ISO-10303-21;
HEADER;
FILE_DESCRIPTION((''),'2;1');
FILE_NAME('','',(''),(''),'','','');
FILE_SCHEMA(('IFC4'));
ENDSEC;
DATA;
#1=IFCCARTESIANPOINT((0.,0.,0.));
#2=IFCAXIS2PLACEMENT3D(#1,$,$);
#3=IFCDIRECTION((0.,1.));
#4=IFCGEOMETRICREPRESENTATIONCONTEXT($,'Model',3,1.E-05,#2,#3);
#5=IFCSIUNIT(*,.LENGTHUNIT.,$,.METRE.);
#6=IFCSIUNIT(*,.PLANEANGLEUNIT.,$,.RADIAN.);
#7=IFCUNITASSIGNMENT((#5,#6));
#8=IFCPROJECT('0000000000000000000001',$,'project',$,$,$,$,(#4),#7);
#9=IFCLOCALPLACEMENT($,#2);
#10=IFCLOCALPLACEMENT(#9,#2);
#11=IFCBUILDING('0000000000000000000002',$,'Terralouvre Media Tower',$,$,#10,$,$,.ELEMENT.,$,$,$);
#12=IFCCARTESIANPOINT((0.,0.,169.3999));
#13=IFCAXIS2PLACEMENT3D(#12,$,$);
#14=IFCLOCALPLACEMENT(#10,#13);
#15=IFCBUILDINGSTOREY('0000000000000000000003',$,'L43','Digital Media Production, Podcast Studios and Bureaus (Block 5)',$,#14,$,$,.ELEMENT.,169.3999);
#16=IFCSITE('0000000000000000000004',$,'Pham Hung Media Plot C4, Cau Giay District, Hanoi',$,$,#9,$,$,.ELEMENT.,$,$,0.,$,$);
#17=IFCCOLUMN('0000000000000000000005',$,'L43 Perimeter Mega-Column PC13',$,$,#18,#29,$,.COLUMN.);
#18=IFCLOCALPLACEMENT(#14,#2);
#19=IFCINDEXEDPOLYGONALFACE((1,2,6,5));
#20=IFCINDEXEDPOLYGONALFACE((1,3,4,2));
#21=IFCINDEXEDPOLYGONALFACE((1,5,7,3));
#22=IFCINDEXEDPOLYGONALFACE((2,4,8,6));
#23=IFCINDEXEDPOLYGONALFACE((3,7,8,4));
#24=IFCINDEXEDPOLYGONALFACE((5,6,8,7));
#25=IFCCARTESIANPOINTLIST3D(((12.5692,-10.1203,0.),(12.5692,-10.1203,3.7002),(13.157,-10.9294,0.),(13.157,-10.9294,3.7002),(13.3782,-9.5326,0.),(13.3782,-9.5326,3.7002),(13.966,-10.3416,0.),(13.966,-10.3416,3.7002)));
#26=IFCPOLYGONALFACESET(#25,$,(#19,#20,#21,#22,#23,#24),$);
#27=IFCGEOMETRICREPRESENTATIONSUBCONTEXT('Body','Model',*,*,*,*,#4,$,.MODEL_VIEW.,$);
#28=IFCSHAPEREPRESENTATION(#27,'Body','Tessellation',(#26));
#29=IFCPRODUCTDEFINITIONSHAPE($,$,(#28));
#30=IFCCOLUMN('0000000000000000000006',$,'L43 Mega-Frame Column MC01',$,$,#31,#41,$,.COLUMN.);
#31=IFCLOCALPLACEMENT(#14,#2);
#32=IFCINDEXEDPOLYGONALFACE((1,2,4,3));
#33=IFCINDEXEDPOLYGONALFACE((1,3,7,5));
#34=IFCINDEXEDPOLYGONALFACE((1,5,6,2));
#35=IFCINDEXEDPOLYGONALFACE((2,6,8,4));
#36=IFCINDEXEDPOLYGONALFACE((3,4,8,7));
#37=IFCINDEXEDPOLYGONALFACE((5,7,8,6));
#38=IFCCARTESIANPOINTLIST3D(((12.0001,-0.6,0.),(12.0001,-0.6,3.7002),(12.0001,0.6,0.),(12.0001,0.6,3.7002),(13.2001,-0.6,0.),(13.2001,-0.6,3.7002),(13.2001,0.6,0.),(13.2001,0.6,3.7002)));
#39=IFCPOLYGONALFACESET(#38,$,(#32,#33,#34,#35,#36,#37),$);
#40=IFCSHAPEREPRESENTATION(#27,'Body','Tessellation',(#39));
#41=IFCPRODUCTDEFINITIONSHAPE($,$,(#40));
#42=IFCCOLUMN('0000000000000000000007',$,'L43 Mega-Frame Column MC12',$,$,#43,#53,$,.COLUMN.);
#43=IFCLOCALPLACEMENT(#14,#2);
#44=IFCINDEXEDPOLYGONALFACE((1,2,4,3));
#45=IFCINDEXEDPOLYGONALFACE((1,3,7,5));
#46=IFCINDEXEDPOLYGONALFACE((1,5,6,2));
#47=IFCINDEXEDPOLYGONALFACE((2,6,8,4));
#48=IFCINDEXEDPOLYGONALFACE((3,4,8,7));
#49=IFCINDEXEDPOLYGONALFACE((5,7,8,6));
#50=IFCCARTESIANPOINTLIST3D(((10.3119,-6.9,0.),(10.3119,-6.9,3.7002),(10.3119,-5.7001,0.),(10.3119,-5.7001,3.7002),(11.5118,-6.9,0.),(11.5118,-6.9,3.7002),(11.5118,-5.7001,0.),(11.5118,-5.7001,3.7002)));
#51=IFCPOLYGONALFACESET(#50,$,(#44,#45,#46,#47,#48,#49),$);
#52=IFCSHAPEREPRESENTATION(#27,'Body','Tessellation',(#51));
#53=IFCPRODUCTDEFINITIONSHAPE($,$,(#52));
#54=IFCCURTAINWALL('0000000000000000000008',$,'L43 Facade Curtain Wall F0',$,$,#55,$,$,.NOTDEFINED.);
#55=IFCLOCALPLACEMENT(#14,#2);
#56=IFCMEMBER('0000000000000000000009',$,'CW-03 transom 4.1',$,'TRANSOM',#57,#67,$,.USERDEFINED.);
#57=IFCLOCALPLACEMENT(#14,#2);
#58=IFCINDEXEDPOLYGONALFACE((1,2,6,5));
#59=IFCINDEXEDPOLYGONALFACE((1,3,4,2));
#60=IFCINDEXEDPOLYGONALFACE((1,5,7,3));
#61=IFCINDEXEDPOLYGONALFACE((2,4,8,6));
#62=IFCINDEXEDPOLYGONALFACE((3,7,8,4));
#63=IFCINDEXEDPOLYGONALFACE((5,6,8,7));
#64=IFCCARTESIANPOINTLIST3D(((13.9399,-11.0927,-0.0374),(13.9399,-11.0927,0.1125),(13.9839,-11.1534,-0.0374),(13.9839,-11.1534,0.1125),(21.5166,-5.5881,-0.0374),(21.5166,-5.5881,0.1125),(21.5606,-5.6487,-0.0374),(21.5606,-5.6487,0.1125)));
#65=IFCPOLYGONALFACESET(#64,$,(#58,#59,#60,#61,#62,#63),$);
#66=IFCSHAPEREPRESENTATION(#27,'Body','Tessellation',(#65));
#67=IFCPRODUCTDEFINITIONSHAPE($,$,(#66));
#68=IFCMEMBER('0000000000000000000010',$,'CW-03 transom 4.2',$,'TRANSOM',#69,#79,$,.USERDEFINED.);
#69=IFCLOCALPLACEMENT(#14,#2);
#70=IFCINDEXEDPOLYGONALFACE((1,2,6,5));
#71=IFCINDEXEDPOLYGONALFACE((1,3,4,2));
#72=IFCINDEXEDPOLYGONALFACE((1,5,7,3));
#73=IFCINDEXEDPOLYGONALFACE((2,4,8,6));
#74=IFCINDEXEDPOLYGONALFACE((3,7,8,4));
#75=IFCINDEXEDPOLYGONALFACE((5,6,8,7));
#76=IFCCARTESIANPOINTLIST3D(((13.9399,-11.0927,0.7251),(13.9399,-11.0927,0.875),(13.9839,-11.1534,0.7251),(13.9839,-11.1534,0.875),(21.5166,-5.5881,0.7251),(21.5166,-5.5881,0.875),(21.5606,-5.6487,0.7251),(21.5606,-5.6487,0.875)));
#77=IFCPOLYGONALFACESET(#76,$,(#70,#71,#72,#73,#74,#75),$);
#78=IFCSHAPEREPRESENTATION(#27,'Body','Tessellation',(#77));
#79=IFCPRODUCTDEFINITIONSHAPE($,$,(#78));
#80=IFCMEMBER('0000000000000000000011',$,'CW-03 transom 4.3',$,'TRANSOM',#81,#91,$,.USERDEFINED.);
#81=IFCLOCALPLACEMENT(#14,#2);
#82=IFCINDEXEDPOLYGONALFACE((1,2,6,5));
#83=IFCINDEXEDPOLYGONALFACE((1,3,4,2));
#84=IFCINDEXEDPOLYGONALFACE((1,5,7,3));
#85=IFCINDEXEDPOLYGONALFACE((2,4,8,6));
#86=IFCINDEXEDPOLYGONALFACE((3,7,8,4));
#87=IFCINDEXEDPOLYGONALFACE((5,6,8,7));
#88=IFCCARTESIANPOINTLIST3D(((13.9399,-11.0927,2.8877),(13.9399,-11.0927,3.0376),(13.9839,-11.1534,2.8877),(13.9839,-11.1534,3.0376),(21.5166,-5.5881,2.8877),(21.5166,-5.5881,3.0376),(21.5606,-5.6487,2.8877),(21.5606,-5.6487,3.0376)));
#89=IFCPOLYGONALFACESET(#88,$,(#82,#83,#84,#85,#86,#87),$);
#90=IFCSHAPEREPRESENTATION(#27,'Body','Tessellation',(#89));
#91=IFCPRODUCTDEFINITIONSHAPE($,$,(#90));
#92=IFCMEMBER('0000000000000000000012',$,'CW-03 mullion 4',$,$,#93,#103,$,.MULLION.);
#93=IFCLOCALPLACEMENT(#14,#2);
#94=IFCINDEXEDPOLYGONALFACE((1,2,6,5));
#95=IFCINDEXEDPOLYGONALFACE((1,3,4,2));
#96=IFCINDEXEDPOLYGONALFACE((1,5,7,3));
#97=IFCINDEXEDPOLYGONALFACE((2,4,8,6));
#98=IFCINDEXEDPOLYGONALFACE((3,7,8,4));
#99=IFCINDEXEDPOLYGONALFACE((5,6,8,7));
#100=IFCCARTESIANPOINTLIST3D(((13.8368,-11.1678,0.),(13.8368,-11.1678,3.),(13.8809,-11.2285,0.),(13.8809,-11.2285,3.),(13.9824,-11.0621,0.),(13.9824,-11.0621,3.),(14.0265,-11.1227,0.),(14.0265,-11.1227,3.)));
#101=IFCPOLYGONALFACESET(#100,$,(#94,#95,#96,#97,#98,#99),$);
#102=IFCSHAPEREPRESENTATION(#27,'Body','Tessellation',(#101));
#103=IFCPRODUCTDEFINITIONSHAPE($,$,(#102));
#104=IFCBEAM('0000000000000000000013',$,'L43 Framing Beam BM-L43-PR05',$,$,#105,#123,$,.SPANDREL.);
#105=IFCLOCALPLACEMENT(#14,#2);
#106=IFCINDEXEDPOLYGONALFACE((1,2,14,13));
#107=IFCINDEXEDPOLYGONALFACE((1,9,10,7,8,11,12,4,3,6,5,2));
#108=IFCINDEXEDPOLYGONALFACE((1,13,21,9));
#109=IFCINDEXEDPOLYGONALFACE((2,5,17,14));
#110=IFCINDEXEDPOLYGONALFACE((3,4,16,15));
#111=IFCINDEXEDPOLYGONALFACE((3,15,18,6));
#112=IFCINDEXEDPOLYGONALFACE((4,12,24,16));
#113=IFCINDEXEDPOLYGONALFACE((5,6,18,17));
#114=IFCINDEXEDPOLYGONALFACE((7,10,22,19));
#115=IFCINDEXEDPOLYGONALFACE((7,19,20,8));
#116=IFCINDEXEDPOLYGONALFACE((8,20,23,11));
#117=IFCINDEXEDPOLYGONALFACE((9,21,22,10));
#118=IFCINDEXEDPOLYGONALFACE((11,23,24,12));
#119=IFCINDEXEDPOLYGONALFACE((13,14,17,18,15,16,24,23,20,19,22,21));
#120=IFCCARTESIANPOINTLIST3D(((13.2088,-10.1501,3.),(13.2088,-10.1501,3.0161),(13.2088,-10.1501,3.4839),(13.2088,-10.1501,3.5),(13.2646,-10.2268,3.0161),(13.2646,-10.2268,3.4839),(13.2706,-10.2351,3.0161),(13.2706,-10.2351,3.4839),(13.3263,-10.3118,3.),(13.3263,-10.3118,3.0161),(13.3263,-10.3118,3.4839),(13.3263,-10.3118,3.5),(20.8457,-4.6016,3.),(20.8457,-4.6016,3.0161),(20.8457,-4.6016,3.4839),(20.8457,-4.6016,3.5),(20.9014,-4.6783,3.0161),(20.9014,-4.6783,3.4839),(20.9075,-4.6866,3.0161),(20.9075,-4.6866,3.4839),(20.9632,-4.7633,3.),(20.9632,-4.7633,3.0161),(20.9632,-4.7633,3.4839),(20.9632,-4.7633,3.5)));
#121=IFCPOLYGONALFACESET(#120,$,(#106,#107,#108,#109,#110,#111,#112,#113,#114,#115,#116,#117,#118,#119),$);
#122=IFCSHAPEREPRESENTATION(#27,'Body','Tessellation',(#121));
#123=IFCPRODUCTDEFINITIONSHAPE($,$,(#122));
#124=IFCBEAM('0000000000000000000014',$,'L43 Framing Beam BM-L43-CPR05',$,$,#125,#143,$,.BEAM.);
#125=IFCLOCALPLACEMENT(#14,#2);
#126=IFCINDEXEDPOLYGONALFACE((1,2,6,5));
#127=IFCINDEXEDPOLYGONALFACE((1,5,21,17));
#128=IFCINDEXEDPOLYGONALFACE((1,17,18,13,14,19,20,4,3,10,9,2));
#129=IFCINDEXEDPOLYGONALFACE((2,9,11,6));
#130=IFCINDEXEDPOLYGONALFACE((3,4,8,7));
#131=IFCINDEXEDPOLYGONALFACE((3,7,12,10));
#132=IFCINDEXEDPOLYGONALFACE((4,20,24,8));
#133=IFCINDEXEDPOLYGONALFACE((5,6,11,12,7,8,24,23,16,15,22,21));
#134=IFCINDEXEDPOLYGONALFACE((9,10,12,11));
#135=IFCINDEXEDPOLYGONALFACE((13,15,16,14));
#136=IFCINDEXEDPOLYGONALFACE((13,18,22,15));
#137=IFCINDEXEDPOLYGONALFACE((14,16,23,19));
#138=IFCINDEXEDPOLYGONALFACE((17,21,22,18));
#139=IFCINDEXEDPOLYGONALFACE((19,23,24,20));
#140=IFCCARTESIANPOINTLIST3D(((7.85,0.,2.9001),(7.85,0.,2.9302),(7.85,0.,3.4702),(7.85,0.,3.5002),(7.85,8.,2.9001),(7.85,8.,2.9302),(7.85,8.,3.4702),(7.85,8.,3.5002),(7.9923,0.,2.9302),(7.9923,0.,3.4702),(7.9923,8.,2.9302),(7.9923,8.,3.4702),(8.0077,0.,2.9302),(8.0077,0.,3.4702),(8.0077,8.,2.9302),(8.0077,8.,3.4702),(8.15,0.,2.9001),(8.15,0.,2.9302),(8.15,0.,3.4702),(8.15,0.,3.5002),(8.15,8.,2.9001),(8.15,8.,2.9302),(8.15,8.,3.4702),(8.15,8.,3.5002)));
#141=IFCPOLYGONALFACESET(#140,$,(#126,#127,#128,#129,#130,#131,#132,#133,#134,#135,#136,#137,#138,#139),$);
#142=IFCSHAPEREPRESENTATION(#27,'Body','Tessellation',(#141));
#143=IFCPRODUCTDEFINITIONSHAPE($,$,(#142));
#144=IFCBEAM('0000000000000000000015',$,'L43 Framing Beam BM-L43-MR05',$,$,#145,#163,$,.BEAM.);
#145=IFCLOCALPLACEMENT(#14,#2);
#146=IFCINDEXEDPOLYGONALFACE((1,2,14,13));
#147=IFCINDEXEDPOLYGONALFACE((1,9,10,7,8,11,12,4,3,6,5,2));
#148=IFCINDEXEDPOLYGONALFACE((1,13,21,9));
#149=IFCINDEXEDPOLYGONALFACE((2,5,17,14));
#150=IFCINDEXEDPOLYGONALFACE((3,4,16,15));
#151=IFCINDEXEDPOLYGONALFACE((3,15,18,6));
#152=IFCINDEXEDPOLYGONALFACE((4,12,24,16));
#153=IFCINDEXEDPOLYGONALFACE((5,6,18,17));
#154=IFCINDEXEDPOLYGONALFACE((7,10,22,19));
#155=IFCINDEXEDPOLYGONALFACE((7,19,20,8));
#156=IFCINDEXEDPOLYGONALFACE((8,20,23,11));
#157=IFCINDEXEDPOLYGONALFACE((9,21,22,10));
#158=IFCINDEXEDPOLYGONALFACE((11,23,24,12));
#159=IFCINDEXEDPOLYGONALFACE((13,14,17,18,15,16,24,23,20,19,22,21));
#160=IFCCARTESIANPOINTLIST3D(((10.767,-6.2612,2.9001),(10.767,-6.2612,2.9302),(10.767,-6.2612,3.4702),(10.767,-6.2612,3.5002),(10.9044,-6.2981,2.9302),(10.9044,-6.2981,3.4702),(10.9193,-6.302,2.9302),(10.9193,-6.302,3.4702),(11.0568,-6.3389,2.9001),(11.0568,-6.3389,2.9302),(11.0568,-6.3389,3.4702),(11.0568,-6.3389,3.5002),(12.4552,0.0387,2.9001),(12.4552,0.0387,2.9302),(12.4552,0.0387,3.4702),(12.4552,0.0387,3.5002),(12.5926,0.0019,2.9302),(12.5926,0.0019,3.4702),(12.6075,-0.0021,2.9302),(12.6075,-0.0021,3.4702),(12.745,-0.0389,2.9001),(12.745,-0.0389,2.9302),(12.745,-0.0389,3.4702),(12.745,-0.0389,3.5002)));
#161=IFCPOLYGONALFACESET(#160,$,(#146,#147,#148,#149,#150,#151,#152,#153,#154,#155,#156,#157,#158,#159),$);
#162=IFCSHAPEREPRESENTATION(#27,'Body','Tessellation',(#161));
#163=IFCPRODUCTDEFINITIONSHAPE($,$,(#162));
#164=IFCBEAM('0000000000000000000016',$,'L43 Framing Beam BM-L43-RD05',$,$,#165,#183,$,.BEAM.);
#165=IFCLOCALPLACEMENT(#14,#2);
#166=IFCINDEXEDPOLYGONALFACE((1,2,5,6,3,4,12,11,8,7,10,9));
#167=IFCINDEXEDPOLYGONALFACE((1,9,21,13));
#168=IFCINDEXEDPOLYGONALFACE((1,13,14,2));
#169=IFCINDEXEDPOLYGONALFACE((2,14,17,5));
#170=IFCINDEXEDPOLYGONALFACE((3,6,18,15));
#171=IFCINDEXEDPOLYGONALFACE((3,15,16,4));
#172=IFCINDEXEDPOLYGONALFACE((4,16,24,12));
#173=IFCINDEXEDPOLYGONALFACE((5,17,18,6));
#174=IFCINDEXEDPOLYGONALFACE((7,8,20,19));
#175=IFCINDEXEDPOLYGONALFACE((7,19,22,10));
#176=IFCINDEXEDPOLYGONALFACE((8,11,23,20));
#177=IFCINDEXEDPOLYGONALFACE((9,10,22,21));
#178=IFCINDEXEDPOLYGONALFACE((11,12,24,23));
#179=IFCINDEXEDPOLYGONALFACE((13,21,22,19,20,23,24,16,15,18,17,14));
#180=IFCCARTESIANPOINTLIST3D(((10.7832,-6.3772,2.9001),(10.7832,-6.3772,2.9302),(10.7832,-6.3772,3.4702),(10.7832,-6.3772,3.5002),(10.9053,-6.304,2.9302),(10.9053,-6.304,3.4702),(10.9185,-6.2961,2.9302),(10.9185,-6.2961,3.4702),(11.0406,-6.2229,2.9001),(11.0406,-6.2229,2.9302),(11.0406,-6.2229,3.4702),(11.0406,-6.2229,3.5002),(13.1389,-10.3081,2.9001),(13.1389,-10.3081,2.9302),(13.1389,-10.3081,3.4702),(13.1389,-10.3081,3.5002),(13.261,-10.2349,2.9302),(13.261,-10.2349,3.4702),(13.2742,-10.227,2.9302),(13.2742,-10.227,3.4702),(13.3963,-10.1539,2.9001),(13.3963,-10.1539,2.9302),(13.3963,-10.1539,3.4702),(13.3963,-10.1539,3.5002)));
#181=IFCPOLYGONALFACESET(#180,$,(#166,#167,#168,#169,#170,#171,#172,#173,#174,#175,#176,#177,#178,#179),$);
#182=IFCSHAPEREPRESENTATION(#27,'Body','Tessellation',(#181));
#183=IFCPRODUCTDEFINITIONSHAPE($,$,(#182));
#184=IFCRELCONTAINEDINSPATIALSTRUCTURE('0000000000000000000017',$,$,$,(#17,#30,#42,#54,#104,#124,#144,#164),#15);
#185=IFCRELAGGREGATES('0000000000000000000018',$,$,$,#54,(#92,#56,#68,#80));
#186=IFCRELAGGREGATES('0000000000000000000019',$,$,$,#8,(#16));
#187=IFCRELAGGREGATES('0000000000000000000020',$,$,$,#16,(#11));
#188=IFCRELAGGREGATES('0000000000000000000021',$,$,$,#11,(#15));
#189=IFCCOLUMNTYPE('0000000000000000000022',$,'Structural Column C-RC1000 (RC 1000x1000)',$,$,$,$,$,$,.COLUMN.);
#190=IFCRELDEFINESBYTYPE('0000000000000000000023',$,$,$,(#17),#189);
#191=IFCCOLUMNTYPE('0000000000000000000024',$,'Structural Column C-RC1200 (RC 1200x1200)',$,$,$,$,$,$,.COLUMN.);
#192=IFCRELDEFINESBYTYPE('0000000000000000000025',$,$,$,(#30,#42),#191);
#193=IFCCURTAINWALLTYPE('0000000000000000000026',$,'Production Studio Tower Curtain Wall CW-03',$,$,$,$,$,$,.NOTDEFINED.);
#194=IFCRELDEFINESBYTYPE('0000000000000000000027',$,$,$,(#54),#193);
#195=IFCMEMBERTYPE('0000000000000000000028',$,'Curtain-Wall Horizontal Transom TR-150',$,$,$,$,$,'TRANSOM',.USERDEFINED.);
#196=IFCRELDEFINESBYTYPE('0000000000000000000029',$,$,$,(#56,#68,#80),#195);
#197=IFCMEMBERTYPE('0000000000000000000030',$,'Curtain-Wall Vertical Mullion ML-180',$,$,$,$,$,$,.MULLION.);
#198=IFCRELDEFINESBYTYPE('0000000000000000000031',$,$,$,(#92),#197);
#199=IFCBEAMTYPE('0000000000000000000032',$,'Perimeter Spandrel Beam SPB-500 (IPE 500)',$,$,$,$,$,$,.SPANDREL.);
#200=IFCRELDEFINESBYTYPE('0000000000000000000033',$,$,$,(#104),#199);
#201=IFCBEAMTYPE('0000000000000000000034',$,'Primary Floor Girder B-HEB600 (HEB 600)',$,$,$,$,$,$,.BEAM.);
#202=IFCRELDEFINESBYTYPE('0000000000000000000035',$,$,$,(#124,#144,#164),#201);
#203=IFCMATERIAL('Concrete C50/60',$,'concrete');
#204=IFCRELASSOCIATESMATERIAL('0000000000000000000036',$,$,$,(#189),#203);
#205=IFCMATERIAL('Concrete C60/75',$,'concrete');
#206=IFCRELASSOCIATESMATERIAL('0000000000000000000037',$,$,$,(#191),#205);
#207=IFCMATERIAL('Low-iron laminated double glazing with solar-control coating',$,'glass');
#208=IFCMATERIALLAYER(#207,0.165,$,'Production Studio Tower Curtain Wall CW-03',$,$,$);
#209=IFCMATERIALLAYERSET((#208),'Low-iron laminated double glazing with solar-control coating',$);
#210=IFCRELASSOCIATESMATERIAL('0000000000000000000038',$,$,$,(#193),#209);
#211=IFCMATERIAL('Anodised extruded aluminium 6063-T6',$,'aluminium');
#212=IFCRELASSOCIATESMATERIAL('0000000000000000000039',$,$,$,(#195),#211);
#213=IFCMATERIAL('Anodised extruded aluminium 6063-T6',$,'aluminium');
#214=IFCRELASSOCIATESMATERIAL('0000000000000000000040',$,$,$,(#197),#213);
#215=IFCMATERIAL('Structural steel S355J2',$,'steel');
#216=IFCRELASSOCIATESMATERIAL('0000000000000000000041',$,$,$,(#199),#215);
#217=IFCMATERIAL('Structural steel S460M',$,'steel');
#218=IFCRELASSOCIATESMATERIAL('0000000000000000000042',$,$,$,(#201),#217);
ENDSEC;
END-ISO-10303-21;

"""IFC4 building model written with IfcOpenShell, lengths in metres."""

from ifc_helpers import new_model, si_unit, direction, frame, origin, origin_2d, place, context, subcontext, project, spatial, rectangle, i_section, extrude, material, layer, layer_set, material_profile, profile_set, type_object, element, aggregate, save


model = new_model("IFC4")

# Units and contexts
model_context = context("Model", 3, precision=1e-05, world=origin(), true_north=direction((0.0, 1.0)))
body_context = subcontext(model_context, "Body", "Model", "MODEL_VIEW")
ifc_project = project(units=[si_unit("LENGTHUNIT", "METRE"), si_unit("PLANEANGLEUNIT", "RADIAN")], contexts=[model_context])

# Site, building, storey
site_placement = place(None, origin())
site = spatial("IfcSite", under=ifc_project, at=site_placement, Name="Pham Hung Media Plot C4, Cau Giay District, Hanoi", CompositionType="ELEMENT", RefElevation=0.0)
building_placement = place(site_placement, origin())
building = spatial("IfcBuilding", under=site, at=building_placement, Name="Terralouvre Media Tower", CompositionType="ELEMENT")
storey_placement = place(building_placement, frame((0.0, 0.0, 169.3999)))
storey = spatial("IfcBuildingStorey", under=building, at=storey_placement, Name="L43", Description="Digital Media Production, Podcast Studios and Bureaus (Block 5)", CompositionType="ELEMENT", Elevation=169.3999)

# Columns
ifc_material_1 = material(Name="Concrete C50/60", Category="concrete")
ifc_material_profile_1 = material_profile(ifc_material_1, rectangle(XDim=1.0, YDim=1.0, at=origin_2d()), Name="RC 1000x1000")
ifc_profile_set_1 = profile_set([ifc_material_profile_1], Name="Concrete C50/60")
column_type_1 = type_object("IfcColumnType", Name="Structural Column C-RC1000 (RC 1000x1000)", PredefinedType="COLUMN", material=ifc_profile_set_1)
column_placement = place(storey_placement, frame((13.2676, -10.231, 0.0), z_axis=(0.0, 0.0, 1.0), x_axis=(0.809017, 0.587785, 0.0)))
element("IfcColumn", 1, at=column_placement, inside=storey, type_object=column_type_1, Name="L43 Perimeter Mega-Column PC13", PredefinedType="COLUMN", context=body_context, shape_type="SweptSolid", body=[
    extrude(rectangle(XDim=1.0, YDim=1.0, at=origin_2d()), origin(), (0.0, 0.0, 1.0), 3.7002),
])
ifc_material_2 = material(Name="Concrete C60/75", Category="concrete")
ifc_material_profile_2 = material_profile(ifc_material_2, rectangle(XDim=1.2, YDim=1.2, at=origin_2d()), Name="RC 1200x1200")
ifc_profile_set_2 = profile_set([ifc_material_profile_2], Name="Concrete C60/75")
column_type_2 = type_object("IfcColumnType", Name="Structural Column C-RC1200 (RC 1200x1200)", PredefinedType="COLUMN", material=ifc_profile_set_2)
for number, where, z_axis, x_axis, name in (
    (2, (12.6001, 0.0, 0.0), (0.0, 0.0, 1.0), (1.0, 0.0, 0.0), "L43 Mega-Frame Column MC01"),
    (3, (10.9119, -6.3, 0.0), (0.0, 0.0, 1.0), (1.0, 0.0, 0.0), "L43 Mega-Frame Column MC12"),
):
    element("IfcColumn", number, at=place(storey_placement, frame(where, z_axis=z_axis, x_axis=x_axis)), inside=storey, type_object=column_type_2, Name=name, PredefinedType="COLUMN", context=body_context, shape_type="SweptSolid", body=[
        extrude(rectangle(XDim=1.2, YDim=1.2, at=origin_2d()), origin(), (0.0, 0.0, 1.0), 3.7002),
    ])

# Curtain wall, members
ifc_material_3 = material(Name="Low-iron laminated double glazing with solar-control coating", Category="glass")
ifc_layer_1 = layer(ifc_material_3, 0.165, Name="Production Studio Tower Curtain Wall CW-03")
ifc_layer_set_1 = layer_set([ifc_layer_1], Name="Low-iron laminated double glazing with solar-control coating")
curtain_wall_type = type_object("IfcCurtainWallType", Name="Production Studio Tower Curtain Wall CW-03", PredefinedType="NOTDEFINED", material=ifc_layer_set_1)
curtain_wall_placement = place(storey_placement, origin())
curtain_wall = element("IfcCurtainWall", 4, at=curtain_wall_placement, inside=storey, type_object=curtain_wall_type, Name="L43 Facade Curtain Wall F0", PredefinedType="NOTDEFINED")
ifc_material_4 = material(Name="Anodised extruded aluminium 6063-T6", Category="aluminium")
ifc_material_profile_3 = material_profile(ifc_material_4, rectangle(XDim=0.075, YDim=0.1499, at=origin_2d()), Name="ALU 75x150")
ifc_profile_set_3 = profile_set([ifc_material_profile_3], Name="Anodised extruded aluminium 6063-T6")
member_type_1 = type_object("IfcMemberType", Name="Curtain-Wall Horizontal Transom TR-150", ElementType="TRANSOM", PredefinedType="USERDEFINED", material=ifc_profile_set_3)
member_1_placement = place(storey_placement, frame((13.9619, -11.123, 0.0376), z_axis=(0.809023, 0.587776, 0.0), x_axis=(-0.587776, 0.809023, 0.0)))
member_1 = element("IfcMember", 5, at=member_1_placement, type_object=member_type_1, Name="CW-03 transom 4.1", ObjectType="TRANSOM", PredefinedType="USERDEFINED", context=body_context, shape_type="SweptSolid", body=[
    extrude(rectangle(XDim=0.075, YDim=0.1499, at=origin_2d()), origin(), (0.0, 0.0, 1.0), 9.3652),
])
member_2_placement = place(storey_placement, frame((13.9619, -11.123, 0.8), z_axis=(0.809023, 0.587776, 0.0), x_axis=(-0.587776, 0.809023, 0.0)))
member_2 = element("IfcMember", 6, at=member_2_placement, type_object=member_type_1, Name="CW-03 transom 4.2", ObjectType="TRANSOM", PredefinedType="USERDEFINED", context=body_context, shape_type="SweptSolid", body=[
    extrude(rectangle(XDim=0.075, YDim=0.1499, at=origin_2d()), origin(), (0.0, 0.0, 1.0), 9.3652),
])
member_3_placement = place(storey_placement, frame((13.9619, -11.123, 2.9626), z_axis=(0.809023, 0.587776, 0.0), x_axis=(-0.587776, 0.809023, 0.0)))
member_3 = element("IfcMember", 7, at=member_3_placement, type_object=member_type_1, Name="CW-03 transom 4.3", ObjectType="TRANSOM", PredefinedType="USERDEFINED", context=body_context, shape_type="SweptSolid", body=[
    extrude(rectangle(XDim=0.075, YDim=0.1499, at=origin_2d()), origin(), (0.0, 0.0, 1.0), 9.3652),
])
ifc_material_5 = material(Name="Anodised extruded aluminium 6063-T6", Category="aluminium")
ifc_material_profile_4 = material_profile(ifc_material_5, rectangle(XDim=0.075, YDim=0.1799, at=origin_2d()), Name="ALU 75x180")
ifc_profile_set_4 = profile_set([ifc_material_profile_4], Name="Anodised extruded aluminium 6063-T6")
member_type_2 = type_object("IfcMemberType", Name="Curtain-Wall Vertical Mullion ML-180", PredefinedType="MULLION", material=ifc_profile_set_4)
member_4_placement = place(storey_placement, frame((13.9316, -11.1453, 0.0), z_axis=(0.0, 0.0, 1.0), x_axis=(-0.587785, 0.809017, 0.0)))
member_4 = element("IfcMember", 8, at=member_4_placement, type_object=member_type_2, Name="CW-03 mullion 4", PredefinedType="MULLION", context=body_context, shape_type="SweptSolid", body=[
    extrude(rectangle(XDim=0.075, YDim=0.1799, at=origin_2d()), origin(), (0.0, 0.0, 1.0), 3.0),
])

# Beams
ifc_material_6 = material(Name="Structural steel S355J2", Category="steel")
ifc_material_profile_5 = material_profile(ifc_material_6, i_section(OverallWidth=0.2, OverallDepth=0.5, WebThickness=0.0103, FlangeThickness=0.0161, at=origin_2d()), Name="IPE 500")
ifc_profile_set_5 = profile_set([ifc_material_profile_5], Name="Structural steel S355J2")
beam_type_1 = type_object("IfcBeamType", Name="Perimeter Spandrel Beam SPB-500 (IPE 500)", PredefinedType="SPANDREL", material=ifc_profile_set_5)
beam_1_placement = place(storey_placement, frame((13.2676, -10.231, 3.25), z_axis=(0.809017, 0.587786, 0.0), x_axis=(-0.587786, 0.809017, 0.0)))
element("IfcBeam", 9, at=beam_1_placement, inside=storey, type_object=beam_type_1, Name="L43 Framing Beam BM-L43-PR05", PredefinedType="SPANDREL", context=body_context, shape_type="SweptSolid", body=[
    extrude(i_section(OverallWidth=0.2, OverallDepth=0.5, WebThickness=0.0103, FlangeThickness=0.0161, at=origin_2d()), origin(), (0.0, 0.0, 1.0), 9.4397),
])
ifc_material_7 = material(Name="Structural steel S460M", Category="steel")
ifc_material_profile_6 = material_profile(ifc_material_7, i_section(OverallWidth=0.3, OverallDepth=0.6001, WebThickness=0.0154, FlangeThickness=0.03, at=origin_2d()), Name="HEB 600")
ifc_profile_set_6 = profile_set([ifc_material_profile_6], Name="Structural steel S460M")
beam_type_2 = type_object("IfcBeamType", Name="Primary Floor Girder B-HEB600 (HEB 600)", PredefinedType="BEAM", material=ifc_profile_set_6)
beam_2_placement = place(storey_placement, frame((8.0, 0.0, 3.2002), z_axis=(0.0, 1.0, 0.0), x_axis=(-1.0, 0.0, 0.0)))
element("IfcBeam", 10, at=beam_2_placement, inside=storey, type_object=beam_type_2, Name="L43 Framing Beam BM-L43-CPR05", PredefinedType="BEAM", context=body_context, shape_type="SweptSolid", body=[
    extrude(i_section(OverallWidth=0.3, OverallDepth=0.6001, WebThickness=0.0154, FlangeThickness=0.03, at=origin_2d()), origin(), (0.0, 0.0, 1.0), 8.0),
])
beam_3_placement = place(storey_placement, frame((10.9119, -6.3, 3.2002), z_axis=(0.258839, 0.96592, 0.0), x_axis=(-0.96592, 0.258839, 0.0)))
element("IfcBeam", 11, at=beam_3_placement, inside=storey, type_object=beam_type_2, Name="L43 Framing Beam BM-L43-MR05", PredefinedType="BEAM", context=body_context, shape_type="SweptSolid", body=[
    extrude(i_section(OverallWidth=0.3, OverallDepth=0.6001, WebThickness=0.0154, FlangeThickness=0.03, at=origin_2d()), origin(), (0.0, 0.0, 1.0), 6.5222),
])
beam_4_placement = place(storey_placement, frame((10.9119, -6.3, 3.2002), z_axis=(0.514041, -0.857765, 0.0), x_axis=(0.857765, 0.514041, 0.0)))
element("IfcBeam", 12, at=beam_4_placement, inside=storey, type_object=beam_type_2, Name="L43 Framing Beam BM-L43-RD05", PredefinedType="BEAM", context=body_context, shape_type="SweptSolid", body=[
    extrude(i_section(OverallWidth=0.3, OverallDepth=0.6001, WebThickness=0.0154, FlangeThickness=0.03, at=origin_2d()), origin(), (0.0, 0.0, 1.0), 4.5828),
])

aggregate(curtain_wall, [member_4, member_1, member_2, member_3])

save(model, "model.ifc")
